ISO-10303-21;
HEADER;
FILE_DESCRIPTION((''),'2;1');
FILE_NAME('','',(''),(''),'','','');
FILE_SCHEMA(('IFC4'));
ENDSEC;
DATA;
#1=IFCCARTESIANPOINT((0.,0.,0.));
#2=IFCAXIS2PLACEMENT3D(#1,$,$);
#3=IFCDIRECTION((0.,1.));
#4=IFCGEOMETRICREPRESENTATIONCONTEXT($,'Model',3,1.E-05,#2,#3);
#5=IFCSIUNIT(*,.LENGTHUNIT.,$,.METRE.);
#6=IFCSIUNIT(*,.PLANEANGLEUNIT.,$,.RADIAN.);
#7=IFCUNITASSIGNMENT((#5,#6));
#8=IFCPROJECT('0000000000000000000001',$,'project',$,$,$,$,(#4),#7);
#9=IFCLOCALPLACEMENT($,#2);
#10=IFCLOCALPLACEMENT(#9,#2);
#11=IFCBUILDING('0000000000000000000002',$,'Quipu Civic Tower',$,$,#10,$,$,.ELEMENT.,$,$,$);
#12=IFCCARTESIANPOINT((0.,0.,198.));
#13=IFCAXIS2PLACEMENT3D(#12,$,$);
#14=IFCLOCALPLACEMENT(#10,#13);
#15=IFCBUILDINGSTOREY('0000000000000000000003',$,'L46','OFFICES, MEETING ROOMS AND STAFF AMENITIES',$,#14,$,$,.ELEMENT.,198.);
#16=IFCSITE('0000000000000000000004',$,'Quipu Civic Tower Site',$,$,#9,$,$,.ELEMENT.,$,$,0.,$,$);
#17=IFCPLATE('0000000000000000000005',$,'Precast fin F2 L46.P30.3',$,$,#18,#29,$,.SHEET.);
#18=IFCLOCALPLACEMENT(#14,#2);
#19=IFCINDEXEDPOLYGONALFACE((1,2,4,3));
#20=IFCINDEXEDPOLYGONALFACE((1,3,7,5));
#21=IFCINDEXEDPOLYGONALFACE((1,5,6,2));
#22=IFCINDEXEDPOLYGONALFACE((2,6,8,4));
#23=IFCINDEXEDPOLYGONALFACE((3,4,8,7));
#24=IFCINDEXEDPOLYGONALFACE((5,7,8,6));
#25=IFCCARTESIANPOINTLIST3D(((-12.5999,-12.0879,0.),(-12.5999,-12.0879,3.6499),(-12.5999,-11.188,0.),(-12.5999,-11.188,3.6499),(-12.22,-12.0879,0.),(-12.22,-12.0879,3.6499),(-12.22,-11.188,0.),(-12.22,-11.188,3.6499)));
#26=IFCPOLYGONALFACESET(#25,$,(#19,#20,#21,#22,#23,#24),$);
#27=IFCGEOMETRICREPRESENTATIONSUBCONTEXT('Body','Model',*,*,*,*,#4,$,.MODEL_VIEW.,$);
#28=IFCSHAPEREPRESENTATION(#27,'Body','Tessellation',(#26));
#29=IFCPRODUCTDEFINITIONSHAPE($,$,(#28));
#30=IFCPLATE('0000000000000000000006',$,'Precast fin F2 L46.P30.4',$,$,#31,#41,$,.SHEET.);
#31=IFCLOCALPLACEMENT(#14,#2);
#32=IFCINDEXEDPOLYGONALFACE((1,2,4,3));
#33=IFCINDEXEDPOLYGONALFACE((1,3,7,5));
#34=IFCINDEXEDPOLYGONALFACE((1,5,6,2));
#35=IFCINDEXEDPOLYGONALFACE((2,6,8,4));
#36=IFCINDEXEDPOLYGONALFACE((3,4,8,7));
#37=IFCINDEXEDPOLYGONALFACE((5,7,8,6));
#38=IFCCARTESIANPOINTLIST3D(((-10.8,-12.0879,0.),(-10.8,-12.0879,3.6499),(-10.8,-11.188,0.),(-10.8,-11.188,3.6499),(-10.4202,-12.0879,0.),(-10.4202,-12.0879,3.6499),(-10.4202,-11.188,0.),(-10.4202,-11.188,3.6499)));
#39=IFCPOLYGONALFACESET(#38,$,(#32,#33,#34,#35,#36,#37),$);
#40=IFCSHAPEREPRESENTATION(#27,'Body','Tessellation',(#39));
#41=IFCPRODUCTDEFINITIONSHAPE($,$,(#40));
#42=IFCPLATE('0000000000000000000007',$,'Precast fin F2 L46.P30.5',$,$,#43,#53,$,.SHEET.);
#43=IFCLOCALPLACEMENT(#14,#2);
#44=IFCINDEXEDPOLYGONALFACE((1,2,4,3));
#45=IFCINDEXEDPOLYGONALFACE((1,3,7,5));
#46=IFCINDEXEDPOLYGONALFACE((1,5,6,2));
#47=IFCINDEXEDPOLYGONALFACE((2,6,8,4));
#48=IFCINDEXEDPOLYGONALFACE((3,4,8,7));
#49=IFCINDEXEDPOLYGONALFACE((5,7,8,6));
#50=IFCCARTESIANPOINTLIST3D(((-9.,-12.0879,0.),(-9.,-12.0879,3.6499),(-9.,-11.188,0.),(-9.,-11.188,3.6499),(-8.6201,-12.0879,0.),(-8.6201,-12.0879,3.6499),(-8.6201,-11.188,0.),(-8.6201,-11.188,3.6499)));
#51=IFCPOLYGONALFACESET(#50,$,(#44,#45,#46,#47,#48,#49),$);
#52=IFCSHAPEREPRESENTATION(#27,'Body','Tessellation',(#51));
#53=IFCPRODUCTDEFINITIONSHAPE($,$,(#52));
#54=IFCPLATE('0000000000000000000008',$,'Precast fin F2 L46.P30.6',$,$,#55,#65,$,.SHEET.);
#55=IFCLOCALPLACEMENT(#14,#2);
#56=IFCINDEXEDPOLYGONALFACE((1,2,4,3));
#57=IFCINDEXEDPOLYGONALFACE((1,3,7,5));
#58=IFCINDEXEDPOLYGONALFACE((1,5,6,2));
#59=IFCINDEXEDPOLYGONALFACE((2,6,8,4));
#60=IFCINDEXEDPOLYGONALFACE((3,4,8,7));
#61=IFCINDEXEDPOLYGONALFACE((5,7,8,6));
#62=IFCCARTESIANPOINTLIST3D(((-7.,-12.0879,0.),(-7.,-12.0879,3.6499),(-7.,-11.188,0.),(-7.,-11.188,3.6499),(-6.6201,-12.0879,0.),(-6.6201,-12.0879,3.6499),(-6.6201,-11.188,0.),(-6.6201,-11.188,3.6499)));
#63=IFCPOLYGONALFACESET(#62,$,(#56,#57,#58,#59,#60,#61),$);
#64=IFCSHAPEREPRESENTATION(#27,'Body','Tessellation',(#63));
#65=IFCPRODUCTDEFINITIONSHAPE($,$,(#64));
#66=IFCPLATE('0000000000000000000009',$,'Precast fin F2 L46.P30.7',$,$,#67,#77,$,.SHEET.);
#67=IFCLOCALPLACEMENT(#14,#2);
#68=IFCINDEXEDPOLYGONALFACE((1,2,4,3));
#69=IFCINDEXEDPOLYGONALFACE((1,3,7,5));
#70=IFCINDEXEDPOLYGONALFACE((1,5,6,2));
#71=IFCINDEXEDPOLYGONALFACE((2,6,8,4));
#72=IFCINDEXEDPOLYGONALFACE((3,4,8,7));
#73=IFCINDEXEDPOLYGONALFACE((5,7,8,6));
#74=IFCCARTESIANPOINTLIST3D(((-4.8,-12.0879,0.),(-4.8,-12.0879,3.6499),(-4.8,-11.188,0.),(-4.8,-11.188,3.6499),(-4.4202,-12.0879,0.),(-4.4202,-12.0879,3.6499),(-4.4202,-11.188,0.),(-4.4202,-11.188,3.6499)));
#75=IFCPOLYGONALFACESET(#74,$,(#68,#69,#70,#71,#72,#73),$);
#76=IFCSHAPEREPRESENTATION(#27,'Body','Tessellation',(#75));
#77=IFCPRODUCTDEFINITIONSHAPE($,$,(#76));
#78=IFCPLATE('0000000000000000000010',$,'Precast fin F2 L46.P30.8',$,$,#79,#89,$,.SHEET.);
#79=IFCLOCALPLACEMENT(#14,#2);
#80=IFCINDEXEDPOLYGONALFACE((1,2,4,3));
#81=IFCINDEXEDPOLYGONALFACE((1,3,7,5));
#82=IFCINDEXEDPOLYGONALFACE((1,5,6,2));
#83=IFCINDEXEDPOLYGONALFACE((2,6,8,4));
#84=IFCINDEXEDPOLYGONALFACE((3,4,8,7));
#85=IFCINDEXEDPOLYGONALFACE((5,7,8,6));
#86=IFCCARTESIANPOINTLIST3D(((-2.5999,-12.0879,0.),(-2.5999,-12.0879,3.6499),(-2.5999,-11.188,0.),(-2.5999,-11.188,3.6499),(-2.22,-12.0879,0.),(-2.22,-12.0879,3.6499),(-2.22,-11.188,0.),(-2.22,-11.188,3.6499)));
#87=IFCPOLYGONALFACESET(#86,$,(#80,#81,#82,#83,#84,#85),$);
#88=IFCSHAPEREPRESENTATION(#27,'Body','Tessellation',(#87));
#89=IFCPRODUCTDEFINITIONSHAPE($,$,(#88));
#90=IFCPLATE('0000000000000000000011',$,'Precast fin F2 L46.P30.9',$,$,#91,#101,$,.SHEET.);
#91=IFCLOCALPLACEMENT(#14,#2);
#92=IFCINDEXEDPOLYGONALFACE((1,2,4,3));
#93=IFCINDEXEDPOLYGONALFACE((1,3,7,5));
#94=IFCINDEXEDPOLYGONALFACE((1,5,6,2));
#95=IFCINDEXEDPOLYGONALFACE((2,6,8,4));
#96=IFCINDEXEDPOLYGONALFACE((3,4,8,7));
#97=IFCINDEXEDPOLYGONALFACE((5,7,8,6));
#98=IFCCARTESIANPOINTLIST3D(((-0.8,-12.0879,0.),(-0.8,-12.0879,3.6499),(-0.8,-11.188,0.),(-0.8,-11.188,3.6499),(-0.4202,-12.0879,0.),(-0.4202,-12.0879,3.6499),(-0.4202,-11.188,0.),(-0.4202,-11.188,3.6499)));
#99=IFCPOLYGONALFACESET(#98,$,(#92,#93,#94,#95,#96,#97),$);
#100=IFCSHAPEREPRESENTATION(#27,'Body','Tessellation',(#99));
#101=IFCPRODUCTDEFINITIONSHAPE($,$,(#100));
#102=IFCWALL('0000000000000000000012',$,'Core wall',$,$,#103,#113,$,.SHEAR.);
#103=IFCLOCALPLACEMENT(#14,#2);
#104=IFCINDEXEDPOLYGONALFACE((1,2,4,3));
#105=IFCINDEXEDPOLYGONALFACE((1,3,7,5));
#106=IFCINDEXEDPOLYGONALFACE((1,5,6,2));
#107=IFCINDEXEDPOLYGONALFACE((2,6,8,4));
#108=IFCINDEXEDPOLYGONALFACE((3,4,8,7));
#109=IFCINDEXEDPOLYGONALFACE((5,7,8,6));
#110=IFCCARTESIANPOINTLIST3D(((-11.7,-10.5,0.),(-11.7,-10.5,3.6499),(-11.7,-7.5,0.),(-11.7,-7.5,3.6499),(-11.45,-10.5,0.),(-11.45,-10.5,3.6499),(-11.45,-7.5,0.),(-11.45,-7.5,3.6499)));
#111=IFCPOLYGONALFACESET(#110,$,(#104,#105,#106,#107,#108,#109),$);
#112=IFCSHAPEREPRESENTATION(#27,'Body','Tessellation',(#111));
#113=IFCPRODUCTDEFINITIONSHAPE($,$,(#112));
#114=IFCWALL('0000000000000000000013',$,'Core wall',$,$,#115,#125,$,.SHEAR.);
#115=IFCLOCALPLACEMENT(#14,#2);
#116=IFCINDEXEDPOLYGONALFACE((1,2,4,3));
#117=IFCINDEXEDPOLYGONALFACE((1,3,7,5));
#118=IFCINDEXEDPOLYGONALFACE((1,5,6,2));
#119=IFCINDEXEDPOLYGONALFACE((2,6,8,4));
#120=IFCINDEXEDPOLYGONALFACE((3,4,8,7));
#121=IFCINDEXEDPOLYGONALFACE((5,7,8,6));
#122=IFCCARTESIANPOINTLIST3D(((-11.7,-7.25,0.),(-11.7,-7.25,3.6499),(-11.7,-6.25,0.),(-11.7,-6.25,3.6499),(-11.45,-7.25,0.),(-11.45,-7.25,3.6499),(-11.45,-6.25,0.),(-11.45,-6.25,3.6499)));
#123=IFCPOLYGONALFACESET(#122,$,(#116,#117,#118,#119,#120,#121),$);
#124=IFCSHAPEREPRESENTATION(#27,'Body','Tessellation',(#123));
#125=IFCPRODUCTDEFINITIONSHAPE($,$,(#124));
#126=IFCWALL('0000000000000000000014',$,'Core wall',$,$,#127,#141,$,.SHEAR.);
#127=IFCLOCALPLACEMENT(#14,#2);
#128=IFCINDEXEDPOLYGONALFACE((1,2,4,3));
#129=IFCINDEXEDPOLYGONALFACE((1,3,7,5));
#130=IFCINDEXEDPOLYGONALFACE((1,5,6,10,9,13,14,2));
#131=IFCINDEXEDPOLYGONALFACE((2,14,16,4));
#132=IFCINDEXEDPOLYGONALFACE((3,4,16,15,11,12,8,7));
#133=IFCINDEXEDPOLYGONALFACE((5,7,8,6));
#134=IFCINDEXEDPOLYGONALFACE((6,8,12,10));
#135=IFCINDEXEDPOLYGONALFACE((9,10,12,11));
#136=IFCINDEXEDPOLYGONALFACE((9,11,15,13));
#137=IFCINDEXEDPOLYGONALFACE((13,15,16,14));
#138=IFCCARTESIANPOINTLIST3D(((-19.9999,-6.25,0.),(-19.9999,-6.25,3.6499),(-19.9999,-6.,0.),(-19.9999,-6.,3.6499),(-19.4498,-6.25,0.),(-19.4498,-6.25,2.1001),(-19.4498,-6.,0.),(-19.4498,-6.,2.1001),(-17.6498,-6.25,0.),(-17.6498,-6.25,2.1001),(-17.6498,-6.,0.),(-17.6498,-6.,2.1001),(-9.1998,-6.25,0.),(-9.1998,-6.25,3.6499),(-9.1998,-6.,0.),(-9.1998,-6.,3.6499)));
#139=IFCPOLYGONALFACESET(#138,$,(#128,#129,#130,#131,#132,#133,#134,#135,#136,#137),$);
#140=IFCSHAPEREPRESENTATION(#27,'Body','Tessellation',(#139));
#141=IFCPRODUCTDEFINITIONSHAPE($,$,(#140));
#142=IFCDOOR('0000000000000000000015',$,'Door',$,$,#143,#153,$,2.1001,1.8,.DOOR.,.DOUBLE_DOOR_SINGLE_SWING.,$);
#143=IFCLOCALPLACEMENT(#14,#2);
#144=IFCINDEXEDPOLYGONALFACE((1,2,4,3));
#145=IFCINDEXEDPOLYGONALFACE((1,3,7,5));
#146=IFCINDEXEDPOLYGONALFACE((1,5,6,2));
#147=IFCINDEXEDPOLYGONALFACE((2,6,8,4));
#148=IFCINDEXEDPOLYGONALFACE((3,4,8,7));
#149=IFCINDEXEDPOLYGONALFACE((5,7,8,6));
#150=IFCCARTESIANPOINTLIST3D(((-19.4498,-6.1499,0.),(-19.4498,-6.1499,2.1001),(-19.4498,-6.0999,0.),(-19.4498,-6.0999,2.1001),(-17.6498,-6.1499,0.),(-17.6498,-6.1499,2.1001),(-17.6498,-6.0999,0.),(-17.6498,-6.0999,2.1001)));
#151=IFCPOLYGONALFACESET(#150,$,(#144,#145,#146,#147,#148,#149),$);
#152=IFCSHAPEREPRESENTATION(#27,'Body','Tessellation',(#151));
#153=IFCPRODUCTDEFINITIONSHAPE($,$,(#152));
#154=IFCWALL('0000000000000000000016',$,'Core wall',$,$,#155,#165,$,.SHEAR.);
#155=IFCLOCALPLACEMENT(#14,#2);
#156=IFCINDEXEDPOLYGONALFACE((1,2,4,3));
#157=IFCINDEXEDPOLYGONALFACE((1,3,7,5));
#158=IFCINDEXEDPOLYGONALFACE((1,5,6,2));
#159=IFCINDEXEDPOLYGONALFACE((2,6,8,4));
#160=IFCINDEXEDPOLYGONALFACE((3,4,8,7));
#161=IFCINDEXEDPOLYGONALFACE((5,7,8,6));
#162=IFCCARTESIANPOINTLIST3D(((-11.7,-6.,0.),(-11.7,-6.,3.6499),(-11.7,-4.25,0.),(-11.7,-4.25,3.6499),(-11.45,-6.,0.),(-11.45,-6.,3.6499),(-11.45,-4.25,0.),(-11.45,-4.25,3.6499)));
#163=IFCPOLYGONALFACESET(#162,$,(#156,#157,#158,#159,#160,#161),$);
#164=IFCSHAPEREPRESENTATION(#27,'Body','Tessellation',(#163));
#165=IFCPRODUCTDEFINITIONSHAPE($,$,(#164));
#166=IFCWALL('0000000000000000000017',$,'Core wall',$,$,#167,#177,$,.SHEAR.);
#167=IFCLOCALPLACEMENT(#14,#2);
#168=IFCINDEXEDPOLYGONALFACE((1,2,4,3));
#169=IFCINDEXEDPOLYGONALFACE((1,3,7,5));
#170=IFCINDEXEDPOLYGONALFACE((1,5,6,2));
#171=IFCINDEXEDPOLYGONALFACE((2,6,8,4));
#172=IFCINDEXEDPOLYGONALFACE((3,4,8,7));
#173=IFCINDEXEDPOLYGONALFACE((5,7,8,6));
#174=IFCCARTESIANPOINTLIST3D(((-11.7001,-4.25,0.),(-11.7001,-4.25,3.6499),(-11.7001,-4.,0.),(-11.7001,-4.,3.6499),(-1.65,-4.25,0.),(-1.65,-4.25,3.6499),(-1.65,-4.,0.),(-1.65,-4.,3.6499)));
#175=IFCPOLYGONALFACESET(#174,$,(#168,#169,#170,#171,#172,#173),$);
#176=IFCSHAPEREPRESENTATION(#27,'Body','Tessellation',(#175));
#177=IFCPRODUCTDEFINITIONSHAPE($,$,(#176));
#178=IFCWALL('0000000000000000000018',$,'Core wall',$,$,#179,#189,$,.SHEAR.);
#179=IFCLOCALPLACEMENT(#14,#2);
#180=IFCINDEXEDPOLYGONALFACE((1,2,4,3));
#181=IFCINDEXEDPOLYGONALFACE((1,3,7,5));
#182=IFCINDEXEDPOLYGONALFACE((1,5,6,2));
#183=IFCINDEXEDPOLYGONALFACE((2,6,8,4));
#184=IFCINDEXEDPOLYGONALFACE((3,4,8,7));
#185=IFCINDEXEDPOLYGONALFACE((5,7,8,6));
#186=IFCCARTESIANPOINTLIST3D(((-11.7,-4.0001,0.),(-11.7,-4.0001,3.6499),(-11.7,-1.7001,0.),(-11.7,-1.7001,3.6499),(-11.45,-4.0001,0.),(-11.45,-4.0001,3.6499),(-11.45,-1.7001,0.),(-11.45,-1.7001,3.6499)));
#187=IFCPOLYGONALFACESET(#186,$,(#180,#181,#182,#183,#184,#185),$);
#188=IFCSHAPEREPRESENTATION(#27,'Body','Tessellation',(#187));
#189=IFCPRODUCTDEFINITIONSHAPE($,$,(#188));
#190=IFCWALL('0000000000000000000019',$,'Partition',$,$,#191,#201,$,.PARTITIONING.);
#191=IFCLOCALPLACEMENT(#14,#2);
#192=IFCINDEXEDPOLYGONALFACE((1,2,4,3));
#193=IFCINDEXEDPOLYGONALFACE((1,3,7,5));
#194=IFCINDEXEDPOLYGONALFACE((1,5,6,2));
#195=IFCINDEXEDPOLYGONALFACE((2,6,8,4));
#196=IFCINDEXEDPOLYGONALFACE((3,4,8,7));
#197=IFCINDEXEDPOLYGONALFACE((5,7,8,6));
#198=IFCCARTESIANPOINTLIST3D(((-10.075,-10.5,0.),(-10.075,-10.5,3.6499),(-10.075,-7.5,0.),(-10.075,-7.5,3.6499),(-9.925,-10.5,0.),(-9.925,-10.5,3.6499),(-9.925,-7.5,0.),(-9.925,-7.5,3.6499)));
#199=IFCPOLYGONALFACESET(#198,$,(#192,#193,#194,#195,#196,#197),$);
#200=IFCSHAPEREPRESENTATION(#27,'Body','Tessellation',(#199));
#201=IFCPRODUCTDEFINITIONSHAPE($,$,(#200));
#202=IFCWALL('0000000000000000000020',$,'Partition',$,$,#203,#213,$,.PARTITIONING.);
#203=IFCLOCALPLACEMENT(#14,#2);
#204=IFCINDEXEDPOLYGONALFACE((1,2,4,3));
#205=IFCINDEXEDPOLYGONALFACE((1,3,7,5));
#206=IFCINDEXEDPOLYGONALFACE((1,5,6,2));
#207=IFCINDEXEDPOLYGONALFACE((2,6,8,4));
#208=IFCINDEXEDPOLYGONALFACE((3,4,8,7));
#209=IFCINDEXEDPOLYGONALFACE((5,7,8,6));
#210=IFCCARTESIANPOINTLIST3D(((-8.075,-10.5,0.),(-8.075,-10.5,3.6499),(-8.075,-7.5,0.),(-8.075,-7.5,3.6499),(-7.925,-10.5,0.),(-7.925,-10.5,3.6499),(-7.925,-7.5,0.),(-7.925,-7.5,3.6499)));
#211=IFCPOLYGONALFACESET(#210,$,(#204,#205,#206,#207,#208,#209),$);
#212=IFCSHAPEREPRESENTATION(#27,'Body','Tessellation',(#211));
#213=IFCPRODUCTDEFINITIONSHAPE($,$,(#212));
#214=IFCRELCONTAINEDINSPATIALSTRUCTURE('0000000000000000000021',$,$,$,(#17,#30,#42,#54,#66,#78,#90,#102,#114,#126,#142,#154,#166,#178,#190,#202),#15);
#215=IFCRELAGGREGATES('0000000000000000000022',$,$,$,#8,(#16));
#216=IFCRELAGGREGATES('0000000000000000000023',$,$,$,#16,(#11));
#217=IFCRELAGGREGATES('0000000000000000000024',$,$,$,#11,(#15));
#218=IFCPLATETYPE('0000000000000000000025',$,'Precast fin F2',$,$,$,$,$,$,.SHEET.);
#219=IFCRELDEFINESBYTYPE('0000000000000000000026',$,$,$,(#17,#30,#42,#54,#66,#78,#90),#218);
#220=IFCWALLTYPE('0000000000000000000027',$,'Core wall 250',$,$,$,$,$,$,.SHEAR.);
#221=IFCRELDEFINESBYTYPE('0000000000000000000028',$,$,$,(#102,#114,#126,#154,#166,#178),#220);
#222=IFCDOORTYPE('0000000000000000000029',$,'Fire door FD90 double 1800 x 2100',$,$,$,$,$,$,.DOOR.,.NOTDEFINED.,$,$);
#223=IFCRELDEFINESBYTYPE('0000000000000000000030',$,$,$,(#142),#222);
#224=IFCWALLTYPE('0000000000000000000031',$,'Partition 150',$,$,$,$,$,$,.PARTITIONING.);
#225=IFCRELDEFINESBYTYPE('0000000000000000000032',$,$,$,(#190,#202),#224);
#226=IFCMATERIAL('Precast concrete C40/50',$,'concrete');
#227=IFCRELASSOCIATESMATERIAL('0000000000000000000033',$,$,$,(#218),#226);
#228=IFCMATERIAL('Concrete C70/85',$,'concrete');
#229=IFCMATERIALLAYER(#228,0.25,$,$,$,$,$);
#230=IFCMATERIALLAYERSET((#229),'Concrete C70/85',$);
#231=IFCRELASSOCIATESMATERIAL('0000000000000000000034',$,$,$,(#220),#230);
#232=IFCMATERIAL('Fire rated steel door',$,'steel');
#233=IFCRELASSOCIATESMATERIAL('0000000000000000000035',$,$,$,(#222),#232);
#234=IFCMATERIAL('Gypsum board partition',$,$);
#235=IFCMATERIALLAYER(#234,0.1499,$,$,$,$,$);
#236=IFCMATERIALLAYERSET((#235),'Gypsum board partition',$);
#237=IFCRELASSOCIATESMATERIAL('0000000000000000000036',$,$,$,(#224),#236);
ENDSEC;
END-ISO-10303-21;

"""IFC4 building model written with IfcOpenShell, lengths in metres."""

from ifc_helpers import new_model, si_unit, direction, frame, frame_2d, origin, origin_2d, place, context, subcontext, project, spatial, rectangle, extrude, material, layer, layer_set, type_object, element, fill, save


model = new_model("IFC4")

# Units and contexts
model_context = context("Model", 3, precision=1e-05, world=origin(), true_north=direction((0.0, 1.0)))
body_context = subcontext(model_context, "Body", "Model", "MODEL_VIEW")
ifc_project = project(units=[si_unit("LENGTHUNIT", "METRE"), si_unit("PLANEANGLEUNIT", "RADIAN")], contexts=[model_context])

# Site, building, storey
site_placement = place(None, origin())
site = spatial("IfcSite", under=ifc_project, at=site_placement, Name="Quipu Civic Tower Site", CompositionType="ELEMENT", RefElevation=0.0)
building_placement = place(site_placement, origin())
building = spatial("IfcBuilding", under=site, at=building_placement, Name="Quipu Civic Tower", CompositionType="ELEMENT")
storey_placement = place(building_placement, frame((0.0, 0.0, 198.0)))
storey = spatial("IfcBuildingStorey", under=building, at=storey_placement, Name="L46", Description="OFFICES, MEETING ROOMS AND STAFF AMENITIES", CompositionType="ELEMENT", Elevation=198.0)

# Plates
ifc_material_1 = material(Name="Precast concrete C40/50", Category="concrete")
plate_type = type_object("IfcPlateType", Name="Precast fin F2", PredefinedType="SHEET", material=ifc_material_1)
for number, where, z_axis, x_axis, name in (
    (1, (-12.4099, -11.6379, 0.0), (0.0, 0.0, 1.0), (1.0, 0.0, 0.0), "Precast fin F2 L46.P30.3"),
    (2, (-10.6101, -11.6379, 0.0), (0.0, 0.0, 1.0), (1.0, 0.0, 0.0), "Precast fin F2 L46.P30.4"),
    (3, (-8.8101, -11.6379, 0.0), (0.0, 0.0, 1.0), (1.0, 0.0, 0.0), "Precast fin F2 L46.P30.5"),
    (4, (-6.8101, -11.6379, 0.0), (0.0, 0.0, 1.0), (1.0, 0.0, 0.0), "Precast fin F2 L46.P30.6"),
    (5, (-4.6101, -11.6379, 0.0), (0.0, 0.0, 1.0), (1.0, 0.0, 0.0), "Precast fin F2 L46.P30.7"),
    (6, (-2.4099, -11.6379, 0.0), (0.0, 0.0, 1.0), (1.0, 0.0, 0.0), "Precast fin F2 L46.P30.8"),
    (7, (-0.6101, -11.6379, 0.0), (0.0, 0.0, 1.0), (1.0, 0.0, 0.0), "Precast fin F2 L46.P30.9"),
):
    element("IfcPlate", number, at=place(storey_placement, frame(where, z_axis=z_axis, x_axis=x_axis)), inside=storey, type_object=plate_type, Name=name, PredefinedType="SHEET", context=body_context, shape_type="SweptSolid", body=[
        extrude(rectangle(XDim=0.3799, YDim=0.8999, at=origin_2d()), origin(), (0.0, 0.0, 1.0), 3.6499),
    ])

# Walls
ifc_material_2 = material(Name="Concrete C70/85", Category="concrete")
ifc_layer_1 = layer(ifc_material_2, 0.25)
ifc_layer_set_1 = layer_set([ifc_layer_1], Name="Concrete C70/85")
wall_type_1 = type_object("IfcWallType", Name="Core wall 250", PredefinedType="SHEAR", material=ifc_layer_set_1)
wall_1_placement = place(storey_placement, frame((-11.575, -10.5, 0.0), z_axis=(0.0, 0.0, 1.0), x_axis=(0.0, 1.0, 0.0)))
element("IfcWall", 8, at=wall_1_placement, inside=storey, type_object=wall_type_1, Name="Core wall", PredefinedType="SHEAR", context=body_context, shape_type="SweptSolid", body=[
    extrude(rectangle(XDim=3.0, YDim=0.25, at=frame_2d((1.5, 0.0))), origin(), (0.0, 0.0, 1.0), 3.6499),
])
wall_2_placement = place(storey_placement, frame((-11.575, -7.25, 0.0), z_axis=(0.0, 0.0, 1.0), x_axis=(0.0, 1.0, 0.0)))
element("IfcWall", 9, at=wall_2_placement, inside=storey, type_object=wall_type_1, Name="Core wall", PredefinedType="SHEAR", context=body_context, shape_type="SweptSolid", body=[
    extrude(rectangle(XDim=1.0, YDim=0.25, at=frame_2d((0.5, 0.0))), origin(), (0.0, 0.0, 1.0), 3.6499),
])

# Wall, opening, door
wall_3_placement = place(storey_placement, frame((-9.2, -6.125, 0.0), z_axis=(0.0, 0.0, 1.0), x_axis=(-1.0, 0.0, 0.0)))
wall_3 = element("IfcWall", 10, at=wall_3_placement, inside=storey, type_object=wall_type_1, Name="Core wall", PredefinedType="SHEAR", context=body_context, shape_type="SweptSolid", body=[
    extrude(rectangle(XDim=10.8, YDim=0.25, at=frame_2d((5.3999, 0.0))), origin(), (0.0, 0.0, 1.0), 3.6499),
])
opening_1_placement = place(wall_3_placement, frame((8.45, 0.0, 0.0)))
opening_1 = element("IfcOpeningElement", 11, at=opening_1_placement, cuts=wall_3, PredefinedType="OPENING", context=body_context, shape_type="SweptSolid", body=[
    extrude(rectangle(XDim=1.8, YDim=2.1001, at=frame_2d((0.8999, 1.05))), frame((0.0, 0.135, 0.0), z_axis=(0.0, -1.0, 0.0), x_axis=(1.0, 0.0, 0.0)), (0.0, 0.0, 1.0), 0.27),
])
ifc_material_3 = material(Name="Fire rated steel door", Category="steel")
door_type_1 = type_object("IfcDoorType", Name="Fire door FD90 double 1800 x 2100", OperationType="NOTDEFINED", PredefinedType="DOOR", material=ifc_material_3)
door_1_placement = place(opening_1_placement, origin())
door_1 = element("IfcDoor", 12, at=door_1_placement, inside=storey, type_object=door_type_1, Name="Door", OperationType="DOUBLE_DOOR_SINGLE_SWING", OverallHeight=2.1001, OverallWidth=1.8, PredefinedType="DOOR", context=body_context, shape_type="SweptSolid", body=[
    extrude(rectangle(XDim=1.8, YDim=2.1001, at=frame_2d((0.8999, 1.05))), frame((0.0, 0.0249, 0.0), z_axis=(0.0, -1.0, 0.0), x_axis=(1.0, 0.0, 0.0)), (0.0, 0.0, 1.0), 0.05),
])
fill(opening_1, door_1)

# Walls
wall_4_placement = place(storey_placement, frame((-11.575, -6.0, 0.0), z_axis=(0.0, 0.0, 1.0), x_axis=(0.0, 1.0, 0.0)))
element("IfcWall", 13, at=wall_4_placement, inside=storey, type_object=wall_type_1, Name="Core wall", PredefinedType="SHEAR", context=body_context, shape_type="SweptSolid", body=[
    extrude(rectangle(XDim=1.75, YDim=0.25, at=frame_2d((0.875, 0.0))), origin(), (0.0, 0.0, 1.0), 3.6499),
])
wall_5_placement = place(storey_placement, frame((-11.7, -4.125, 0.0), z_axis=(0.0, 0.0, 1.0), x_axis=(1.0, 0.0, 0.0)))
element("IfcWall", 14, at=wall_5_placement, inside=storey, type_object=wall_type_1, Name="Core wall", PredefinedType="SHEAR", context=body_context, shape_type="SweptSolid", body=[
    extrude(rectangle(XDim=10.05, YDim=0.25, at=frame_2d((5.0249, 0.0))), origin(), (0.0, 0.0, 1.0), 3.6499),
])
wall_6_placement = place(storey_placement, frame((-11.575, -4.0, 0.0), z_axis=(0.0, 0.0, 1.0), x_axis=(0.0, 1.0, 0.0)))
element("IfcWall", 15, at=wall_6_placement, inside=storey, type_object=wall_type_1, Name="Core wall", PredefinedType="SHEAR", context=body_context, shape_type="SweptSolid", body=[
    extrude(rectangle(XDim=2.3, YDim=0.25, at=frame_2d((1.1499, 0.0))), origin(), (0.0, 0.0, 1.0), 3.6499),
])
ifc_material_4 = material(Name="Gypsum board partition")
ifc_layer_2 = layer(ifc_material_4, 0.1499)
ifc_layer_set_2 = layer_set([ifc_layer_2], Name="Gypsum board partition")
wall_type_2 = type_object("IfcWallType", Name="Partition 150", PredefinedType="PARTITIONING", material=ifc_layer_set_2)
for number, where, z_axis, x_axis, name in (
    (16, (-10.0, -10.5, 0.0), (0.0, 0.0, 1.0), (0.0, 1.0, 0.0), "Partition"),
    (17, (-8.0, -10.5, 0.0), (0.0, 0.0, 1.0), (0.0, 1.0, 0.0), "Partition"),
):
    element("IfcWall", number, at=place(storey_placement, frame(where, z_axis=z_axis, x_axis=x_axis)), inside=storey, type_object=wall_type_2, Name=name, PredefinedType="PARTITIONING", context=body_context, shape_type="SweptSolid", body=[
        extrude(rectangle(XDim=3.0, YDim=0.1499, at=frame_2d((1.5, 0.0))), origin(), (0.0, 0.0, 1.0), 3.6499),
    ])

save(model, "model.ifc")
